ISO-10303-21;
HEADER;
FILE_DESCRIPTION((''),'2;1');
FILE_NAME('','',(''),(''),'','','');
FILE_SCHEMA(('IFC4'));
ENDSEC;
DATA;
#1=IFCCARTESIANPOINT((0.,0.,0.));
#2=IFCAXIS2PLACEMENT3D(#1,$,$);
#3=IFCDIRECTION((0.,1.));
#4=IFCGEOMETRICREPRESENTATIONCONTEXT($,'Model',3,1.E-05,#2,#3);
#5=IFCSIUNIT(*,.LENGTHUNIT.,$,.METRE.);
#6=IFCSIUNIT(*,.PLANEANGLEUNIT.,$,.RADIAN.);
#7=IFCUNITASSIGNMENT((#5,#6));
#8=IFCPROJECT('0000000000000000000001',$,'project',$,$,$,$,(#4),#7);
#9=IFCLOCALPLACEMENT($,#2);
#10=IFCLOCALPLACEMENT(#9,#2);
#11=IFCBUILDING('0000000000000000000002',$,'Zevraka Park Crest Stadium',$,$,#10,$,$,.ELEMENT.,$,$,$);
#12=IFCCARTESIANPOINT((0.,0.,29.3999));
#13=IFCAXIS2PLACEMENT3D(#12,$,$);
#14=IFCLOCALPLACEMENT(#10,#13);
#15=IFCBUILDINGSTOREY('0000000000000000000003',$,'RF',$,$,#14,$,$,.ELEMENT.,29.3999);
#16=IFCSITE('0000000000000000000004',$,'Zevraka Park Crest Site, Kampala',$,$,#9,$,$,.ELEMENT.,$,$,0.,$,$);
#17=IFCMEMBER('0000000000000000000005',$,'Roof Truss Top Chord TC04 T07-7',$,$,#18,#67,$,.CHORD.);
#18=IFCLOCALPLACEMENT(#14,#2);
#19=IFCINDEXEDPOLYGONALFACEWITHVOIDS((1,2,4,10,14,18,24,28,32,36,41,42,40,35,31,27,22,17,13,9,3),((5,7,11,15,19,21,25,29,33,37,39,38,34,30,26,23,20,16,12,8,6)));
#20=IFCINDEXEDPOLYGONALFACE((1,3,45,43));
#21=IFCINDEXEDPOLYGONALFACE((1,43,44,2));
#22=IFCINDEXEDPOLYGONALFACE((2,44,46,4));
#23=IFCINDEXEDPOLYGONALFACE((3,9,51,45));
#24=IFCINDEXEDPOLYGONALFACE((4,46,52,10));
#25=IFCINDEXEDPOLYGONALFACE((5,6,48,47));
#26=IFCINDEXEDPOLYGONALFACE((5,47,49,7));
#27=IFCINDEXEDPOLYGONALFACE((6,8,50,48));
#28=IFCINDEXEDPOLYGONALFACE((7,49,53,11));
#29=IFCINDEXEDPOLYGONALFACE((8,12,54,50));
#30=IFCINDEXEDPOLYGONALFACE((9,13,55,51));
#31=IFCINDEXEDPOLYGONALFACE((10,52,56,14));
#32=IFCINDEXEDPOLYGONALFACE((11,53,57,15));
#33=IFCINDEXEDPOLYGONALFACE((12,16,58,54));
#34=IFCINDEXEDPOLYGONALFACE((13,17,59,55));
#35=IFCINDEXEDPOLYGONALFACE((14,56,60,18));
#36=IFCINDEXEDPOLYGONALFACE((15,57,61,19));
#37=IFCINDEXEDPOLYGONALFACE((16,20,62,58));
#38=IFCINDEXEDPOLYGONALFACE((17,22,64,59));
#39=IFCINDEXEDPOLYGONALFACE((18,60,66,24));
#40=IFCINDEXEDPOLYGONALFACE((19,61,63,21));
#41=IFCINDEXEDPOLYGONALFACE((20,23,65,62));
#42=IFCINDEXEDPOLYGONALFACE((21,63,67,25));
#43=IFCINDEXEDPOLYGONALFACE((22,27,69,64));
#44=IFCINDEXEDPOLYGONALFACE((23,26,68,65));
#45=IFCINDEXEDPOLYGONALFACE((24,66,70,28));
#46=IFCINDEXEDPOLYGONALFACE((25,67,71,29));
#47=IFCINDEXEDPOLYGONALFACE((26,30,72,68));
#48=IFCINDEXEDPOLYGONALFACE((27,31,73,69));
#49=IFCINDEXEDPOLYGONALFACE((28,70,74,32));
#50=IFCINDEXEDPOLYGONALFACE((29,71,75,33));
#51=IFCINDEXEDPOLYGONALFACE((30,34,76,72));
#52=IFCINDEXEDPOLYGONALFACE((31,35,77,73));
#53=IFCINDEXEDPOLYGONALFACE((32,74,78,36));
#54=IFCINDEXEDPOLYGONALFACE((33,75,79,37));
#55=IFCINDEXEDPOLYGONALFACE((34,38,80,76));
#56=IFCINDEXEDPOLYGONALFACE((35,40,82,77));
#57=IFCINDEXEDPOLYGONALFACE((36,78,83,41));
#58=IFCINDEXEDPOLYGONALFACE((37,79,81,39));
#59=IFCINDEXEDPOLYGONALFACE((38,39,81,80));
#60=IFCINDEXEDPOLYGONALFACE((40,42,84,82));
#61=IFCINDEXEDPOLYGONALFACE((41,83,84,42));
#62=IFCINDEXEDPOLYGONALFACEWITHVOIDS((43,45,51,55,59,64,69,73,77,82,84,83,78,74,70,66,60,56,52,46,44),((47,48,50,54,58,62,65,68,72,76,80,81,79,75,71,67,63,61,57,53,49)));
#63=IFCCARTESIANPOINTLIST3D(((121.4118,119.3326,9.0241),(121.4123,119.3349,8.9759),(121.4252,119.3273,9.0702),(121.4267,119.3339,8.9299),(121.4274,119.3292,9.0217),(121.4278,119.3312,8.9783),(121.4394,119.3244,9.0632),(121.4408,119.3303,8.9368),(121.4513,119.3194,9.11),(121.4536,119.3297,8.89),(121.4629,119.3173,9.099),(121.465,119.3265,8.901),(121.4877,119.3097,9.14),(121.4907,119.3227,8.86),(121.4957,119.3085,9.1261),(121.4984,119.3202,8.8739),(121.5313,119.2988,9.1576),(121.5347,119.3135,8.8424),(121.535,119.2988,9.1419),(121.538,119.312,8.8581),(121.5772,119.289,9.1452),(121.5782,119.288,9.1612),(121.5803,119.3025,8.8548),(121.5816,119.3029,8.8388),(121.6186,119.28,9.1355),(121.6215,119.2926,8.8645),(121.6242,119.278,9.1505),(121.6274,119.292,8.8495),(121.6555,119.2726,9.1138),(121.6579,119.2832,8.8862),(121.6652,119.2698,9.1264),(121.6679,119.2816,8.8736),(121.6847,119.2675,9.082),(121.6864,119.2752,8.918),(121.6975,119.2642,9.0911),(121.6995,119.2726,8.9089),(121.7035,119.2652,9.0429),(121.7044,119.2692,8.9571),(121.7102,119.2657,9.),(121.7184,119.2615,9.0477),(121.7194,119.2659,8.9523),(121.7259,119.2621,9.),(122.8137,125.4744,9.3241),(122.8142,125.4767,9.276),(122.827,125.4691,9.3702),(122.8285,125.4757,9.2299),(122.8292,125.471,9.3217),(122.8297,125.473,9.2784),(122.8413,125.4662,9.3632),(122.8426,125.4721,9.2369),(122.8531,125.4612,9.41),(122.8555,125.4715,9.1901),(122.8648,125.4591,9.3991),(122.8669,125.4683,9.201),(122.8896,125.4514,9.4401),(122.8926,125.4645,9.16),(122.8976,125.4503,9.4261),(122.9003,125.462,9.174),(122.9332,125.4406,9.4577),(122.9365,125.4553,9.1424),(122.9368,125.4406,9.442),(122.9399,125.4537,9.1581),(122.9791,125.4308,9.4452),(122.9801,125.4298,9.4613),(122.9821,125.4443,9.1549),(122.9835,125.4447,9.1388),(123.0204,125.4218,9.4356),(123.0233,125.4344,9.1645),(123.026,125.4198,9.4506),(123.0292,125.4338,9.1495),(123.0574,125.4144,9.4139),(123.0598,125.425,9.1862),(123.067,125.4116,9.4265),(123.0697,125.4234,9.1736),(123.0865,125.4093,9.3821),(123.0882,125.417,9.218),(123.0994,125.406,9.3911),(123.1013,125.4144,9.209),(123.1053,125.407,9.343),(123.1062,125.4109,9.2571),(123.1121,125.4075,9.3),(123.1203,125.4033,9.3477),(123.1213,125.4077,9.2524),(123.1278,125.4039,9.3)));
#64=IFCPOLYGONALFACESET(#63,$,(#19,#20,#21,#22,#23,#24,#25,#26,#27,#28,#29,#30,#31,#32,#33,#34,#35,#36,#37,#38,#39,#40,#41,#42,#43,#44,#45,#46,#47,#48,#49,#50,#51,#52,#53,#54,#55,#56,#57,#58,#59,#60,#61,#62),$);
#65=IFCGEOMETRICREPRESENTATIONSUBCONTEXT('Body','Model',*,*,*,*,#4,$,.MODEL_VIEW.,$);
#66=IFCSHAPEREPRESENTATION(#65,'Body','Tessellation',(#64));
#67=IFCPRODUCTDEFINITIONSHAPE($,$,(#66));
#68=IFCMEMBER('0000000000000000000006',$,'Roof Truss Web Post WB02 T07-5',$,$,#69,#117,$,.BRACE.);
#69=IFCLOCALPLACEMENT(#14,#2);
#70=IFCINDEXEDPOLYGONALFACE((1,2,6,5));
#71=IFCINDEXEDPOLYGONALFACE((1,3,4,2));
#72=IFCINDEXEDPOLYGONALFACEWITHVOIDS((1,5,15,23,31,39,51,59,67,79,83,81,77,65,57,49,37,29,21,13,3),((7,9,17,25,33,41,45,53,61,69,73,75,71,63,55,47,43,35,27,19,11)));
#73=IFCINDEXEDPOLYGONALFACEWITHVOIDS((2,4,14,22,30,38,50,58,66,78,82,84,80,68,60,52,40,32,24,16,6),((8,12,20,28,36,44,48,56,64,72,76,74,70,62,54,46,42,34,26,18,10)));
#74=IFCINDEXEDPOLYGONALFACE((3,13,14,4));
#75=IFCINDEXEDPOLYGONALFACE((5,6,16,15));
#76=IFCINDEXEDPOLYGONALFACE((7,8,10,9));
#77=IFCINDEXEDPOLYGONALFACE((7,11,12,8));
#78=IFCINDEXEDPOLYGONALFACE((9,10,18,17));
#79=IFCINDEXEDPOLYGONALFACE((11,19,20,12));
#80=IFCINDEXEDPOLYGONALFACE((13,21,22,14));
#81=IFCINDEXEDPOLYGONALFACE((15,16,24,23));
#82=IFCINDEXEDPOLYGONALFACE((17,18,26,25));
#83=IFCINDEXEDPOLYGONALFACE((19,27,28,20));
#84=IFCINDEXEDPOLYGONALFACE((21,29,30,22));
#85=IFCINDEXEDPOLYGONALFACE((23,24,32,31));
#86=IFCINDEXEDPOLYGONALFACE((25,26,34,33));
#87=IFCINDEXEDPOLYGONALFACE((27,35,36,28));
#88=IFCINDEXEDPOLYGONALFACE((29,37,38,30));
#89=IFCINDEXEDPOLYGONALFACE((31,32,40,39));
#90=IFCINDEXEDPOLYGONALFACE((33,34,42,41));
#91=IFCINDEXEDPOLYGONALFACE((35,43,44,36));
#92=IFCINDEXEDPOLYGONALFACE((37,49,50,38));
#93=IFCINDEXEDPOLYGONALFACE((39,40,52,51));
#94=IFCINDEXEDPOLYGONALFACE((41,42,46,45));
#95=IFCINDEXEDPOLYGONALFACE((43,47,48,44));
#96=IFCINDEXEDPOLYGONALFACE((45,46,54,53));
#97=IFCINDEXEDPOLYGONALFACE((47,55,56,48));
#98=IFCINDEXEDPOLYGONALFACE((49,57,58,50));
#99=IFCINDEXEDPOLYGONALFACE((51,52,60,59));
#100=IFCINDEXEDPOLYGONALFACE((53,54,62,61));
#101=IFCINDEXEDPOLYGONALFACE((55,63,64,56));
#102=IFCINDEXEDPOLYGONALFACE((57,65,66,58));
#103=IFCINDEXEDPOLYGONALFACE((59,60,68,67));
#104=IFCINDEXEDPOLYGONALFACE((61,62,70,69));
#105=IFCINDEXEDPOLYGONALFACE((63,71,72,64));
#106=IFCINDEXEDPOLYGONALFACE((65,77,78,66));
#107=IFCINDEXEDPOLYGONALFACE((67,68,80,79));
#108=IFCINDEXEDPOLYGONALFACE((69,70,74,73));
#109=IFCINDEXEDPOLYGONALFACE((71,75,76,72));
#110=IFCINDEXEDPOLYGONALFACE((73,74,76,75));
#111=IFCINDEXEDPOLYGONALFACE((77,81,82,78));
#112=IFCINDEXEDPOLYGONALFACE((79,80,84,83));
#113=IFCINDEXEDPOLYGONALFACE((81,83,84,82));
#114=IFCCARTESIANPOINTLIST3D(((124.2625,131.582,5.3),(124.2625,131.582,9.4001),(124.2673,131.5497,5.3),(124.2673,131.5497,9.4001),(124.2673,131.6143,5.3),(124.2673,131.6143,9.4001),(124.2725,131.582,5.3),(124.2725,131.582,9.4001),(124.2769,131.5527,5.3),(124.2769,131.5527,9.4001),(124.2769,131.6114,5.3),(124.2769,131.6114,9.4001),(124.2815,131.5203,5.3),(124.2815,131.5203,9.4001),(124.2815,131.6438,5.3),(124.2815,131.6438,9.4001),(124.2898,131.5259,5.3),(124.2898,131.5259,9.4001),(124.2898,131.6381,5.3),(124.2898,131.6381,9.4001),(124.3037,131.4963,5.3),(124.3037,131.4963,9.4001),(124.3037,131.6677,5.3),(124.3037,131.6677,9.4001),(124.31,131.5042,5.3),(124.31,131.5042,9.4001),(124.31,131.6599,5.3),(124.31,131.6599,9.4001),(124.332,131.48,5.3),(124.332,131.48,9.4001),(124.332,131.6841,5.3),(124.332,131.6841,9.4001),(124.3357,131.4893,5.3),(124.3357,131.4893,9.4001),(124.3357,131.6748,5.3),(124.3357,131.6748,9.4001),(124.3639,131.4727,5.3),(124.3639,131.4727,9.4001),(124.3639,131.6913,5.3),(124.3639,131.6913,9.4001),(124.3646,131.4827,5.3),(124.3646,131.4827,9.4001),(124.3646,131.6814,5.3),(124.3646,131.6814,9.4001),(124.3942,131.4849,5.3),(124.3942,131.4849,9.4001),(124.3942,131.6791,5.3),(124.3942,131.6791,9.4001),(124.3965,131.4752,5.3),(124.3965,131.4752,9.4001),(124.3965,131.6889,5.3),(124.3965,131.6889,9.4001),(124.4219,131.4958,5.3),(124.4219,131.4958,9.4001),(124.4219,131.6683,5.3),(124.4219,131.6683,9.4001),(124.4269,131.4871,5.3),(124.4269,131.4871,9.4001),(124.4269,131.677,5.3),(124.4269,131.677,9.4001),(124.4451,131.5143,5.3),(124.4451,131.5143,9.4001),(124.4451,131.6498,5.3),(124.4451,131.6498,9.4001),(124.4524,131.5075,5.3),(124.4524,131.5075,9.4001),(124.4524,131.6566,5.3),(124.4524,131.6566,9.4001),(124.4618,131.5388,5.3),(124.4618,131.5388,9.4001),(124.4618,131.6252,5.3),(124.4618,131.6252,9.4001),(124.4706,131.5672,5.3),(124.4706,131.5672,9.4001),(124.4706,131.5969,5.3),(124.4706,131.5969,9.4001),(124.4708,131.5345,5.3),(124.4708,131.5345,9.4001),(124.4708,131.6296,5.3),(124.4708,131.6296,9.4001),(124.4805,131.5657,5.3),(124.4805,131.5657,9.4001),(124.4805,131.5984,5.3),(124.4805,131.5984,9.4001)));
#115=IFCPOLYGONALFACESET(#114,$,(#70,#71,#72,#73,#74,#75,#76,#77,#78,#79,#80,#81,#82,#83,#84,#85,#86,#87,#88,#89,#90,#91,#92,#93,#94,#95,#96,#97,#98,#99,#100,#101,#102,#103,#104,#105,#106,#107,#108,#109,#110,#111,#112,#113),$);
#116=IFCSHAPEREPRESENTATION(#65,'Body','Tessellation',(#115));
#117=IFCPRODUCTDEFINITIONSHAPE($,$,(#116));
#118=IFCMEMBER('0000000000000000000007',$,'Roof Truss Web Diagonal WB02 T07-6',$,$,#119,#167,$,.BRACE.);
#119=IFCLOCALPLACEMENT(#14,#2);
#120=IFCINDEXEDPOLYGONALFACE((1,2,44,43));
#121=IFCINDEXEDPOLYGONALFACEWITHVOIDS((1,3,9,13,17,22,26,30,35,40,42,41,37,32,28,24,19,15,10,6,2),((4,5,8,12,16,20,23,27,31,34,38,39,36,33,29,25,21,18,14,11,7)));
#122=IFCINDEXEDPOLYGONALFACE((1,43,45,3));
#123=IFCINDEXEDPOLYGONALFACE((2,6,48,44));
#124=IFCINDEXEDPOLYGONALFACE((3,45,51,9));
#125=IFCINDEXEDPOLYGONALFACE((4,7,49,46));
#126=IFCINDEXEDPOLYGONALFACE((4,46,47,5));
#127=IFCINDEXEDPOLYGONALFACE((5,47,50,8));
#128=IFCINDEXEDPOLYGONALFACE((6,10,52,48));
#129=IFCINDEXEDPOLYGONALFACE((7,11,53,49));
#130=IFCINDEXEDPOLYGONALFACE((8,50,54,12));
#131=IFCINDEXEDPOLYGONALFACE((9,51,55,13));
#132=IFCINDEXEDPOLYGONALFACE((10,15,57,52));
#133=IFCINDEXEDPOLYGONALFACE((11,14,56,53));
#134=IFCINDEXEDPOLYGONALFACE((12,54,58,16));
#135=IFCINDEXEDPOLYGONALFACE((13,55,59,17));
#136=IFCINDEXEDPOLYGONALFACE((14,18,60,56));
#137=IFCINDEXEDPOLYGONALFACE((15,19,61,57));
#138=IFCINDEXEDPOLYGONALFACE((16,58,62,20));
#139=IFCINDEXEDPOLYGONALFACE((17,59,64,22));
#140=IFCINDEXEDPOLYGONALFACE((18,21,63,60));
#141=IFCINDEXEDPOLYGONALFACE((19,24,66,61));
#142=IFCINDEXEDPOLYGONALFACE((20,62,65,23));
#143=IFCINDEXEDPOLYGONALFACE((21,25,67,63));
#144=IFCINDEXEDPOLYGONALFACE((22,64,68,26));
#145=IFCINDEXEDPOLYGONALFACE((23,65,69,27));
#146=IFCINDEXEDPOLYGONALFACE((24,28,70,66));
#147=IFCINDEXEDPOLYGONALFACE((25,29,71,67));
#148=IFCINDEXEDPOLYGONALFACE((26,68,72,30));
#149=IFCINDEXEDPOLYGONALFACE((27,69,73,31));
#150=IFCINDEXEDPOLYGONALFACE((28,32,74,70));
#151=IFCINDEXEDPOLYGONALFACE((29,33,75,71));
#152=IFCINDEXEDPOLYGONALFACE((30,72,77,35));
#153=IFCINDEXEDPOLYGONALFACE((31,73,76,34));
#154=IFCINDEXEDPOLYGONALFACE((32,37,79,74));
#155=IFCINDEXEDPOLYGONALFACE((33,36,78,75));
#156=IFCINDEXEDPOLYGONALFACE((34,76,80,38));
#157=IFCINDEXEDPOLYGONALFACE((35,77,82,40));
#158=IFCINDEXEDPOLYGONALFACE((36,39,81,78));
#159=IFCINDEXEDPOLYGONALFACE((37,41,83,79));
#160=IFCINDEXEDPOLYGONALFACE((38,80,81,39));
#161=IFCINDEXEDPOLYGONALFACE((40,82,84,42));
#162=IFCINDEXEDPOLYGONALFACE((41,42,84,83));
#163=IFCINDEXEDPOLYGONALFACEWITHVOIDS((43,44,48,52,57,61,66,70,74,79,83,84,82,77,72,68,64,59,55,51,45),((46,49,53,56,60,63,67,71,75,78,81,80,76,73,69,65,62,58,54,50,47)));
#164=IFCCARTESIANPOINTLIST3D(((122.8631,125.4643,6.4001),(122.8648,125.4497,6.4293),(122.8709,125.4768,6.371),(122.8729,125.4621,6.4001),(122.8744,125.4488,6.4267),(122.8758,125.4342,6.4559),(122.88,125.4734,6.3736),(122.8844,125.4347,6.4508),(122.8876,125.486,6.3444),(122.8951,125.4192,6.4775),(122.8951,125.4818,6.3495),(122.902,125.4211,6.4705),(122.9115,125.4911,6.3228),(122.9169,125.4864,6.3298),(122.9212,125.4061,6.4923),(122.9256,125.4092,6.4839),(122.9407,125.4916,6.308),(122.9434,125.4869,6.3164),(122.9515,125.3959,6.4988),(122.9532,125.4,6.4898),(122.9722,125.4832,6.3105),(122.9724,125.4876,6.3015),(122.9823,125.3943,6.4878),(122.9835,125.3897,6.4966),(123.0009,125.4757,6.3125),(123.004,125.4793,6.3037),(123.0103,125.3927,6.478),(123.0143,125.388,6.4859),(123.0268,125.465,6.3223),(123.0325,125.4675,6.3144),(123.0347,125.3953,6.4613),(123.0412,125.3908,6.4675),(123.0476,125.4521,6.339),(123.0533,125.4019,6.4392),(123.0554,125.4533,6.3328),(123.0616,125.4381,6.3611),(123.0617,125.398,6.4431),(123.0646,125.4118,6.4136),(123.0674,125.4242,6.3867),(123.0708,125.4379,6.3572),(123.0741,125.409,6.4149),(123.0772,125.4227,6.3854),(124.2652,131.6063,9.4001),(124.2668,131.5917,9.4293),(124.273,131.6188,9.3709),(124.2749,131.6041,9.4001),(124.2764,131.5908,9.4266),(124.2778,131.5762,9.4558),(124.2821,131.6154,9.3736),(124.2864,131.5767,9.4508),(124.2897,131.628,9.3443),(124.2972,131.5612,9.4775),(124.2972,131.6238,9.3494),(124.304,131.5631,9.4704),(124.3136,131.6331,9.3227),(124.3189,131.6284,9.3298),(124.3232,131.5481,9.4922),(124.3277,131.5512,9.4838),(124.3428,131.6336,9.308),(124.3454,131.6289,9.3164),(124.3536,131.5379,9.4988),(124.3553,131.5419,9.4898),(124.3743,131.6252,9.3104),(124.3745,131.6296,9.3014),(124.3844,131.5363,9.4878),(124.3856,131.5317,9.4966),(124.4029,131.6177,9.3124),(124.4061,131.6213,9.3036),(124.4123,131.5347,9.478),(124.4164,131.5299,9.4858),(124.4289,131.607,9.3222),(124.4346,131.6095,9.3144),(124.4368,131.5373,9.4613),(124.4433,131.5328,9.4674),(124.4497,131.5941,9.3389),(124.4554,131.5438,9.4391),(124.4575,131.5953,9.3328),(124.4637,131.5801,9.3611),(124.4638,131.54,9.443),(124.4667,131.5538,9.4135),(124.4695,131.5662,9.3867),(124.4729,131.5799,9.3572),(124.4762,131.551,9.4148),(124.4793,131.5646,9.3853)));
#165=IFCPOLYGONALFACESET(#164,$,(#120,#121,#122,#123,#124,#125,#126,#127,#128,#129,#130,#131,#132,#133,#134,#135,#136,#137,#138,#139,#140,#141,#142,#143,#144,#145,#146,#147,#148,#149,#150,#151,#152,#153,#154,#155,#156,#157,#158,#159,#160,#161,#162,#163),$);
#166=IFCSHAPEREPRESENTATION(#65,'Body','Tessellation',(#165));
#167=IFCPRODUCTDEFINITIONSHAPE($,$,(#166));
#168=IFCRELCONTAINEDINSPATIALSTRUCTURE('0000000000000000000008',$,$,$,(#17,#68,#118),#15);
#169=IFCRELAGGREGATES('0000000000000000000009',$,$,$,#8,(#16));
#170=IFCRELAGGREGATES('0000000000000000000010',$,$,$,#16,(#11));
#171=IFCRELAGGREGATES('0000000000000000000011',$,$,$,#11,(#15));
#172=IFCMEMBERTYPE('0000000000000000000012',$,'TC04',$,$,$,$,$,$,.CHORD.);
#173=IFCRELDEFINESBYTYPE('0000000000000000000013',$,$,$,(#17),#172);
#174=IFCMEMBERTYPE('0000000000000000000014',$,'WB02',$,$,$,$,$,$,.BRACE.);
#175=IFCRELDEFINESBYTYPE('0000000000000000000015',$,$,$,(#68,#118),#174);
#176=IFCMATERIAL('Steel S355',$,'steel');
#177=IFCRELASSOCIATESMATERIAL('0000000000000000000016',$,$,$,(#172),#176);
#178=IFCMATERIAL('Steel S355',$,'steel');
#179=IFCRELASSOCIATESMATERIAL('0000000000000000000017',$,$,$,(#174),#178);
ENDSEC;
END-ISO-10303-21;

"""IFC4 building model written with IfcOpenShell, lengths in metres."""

from ifc_helpers import new_model, si_unit, direction, frame, origin, origin_2d, place, context, subcontext, project, spatial, hollow_circle, extrude, material, material_profile, profile_set, type_object, element, save


model = new_model("IFC4")

# Units and contexts
model_context = context("Model", 3, precision=1e-05, world=origin(), true_north=direction((0.0, 1.0)))
body_context = subcontext(model_context, "Body", "Model", "MODEL_VIEW")
ifc_project = project(units=[si_unit("LENGTHUNIT", "METRE"), si_unit("PLANEANGLEUNIT", "RADIAN")], contexts=[model_context])

# Site, building, storey
site_placement = place(None, origin())
site = spatial("IfcSite", under=ifc_project, at=site_placement, Name="Zevraka Park Crest Site, Kampala", CompositionType="ELEMENT", RefElevation=0.0)
building_placement = place(site_placement, origin())
building = spatial("IfcBuilding", under=site, at=building_placement, Name="Zevraka Park Crest Stadium", CompositionType="ELEMENT")
storey_placement = place(building_placement, frame((0.0, 0.0, 29.3999)))
storey = spatial("IfcBuildingStorey", under=building, at=storey_placement, Name="RF", CompositionType="ELEMENT", Elevation=29.3999)

# Members
ifc_material_1 = material(Name="Steel S355", Category="steel")
ifc_material_profile_1 = material_profile(ifc_material_1, hollow_circle(Radius=0.1619, WallThickness=0.0161, at=origin_2d()), Name="CHS 323.9x16")
ifc_profile_set_1 = profile_set([ifc_material_profile_1], Name="Steel S355")
member_type_1 = type_object("IfcMemberType", Name="TC04", PredefinedType="CHORD", material=ifc_profile_set_1)
member_1_placement = place(storey_placement, frame((122.97, 125.4399, 9.3), z_axis=(-0.222272, -0.973823, -0.047574), x_axis=(0.974927, -0.222524, 0.0)))
element("IfcMember", 1, at=member_1_placement, inside=storey, type_object=member_type_1, Name="Roof Truss Top Chord TC04 T07-7", PredefinedType="CHORD", context=body_context, shape_type="SweptSolid", body=[
    extrude(hollow_circle(Radius=0.1619, WallThickness=0.0161, at=origin_2d()), origin(), (0.0, 0.0, 1.0), 6.3069),
])
ifc_material_2 = material(Name="Steel S355", Category="steel")
ifc_material_profile_2 = material_profile(ifc_material_2, hollow_circle(Radius=0.1096, WallThickness=0.01, at=origin_2d()), Name="CHS 219.1x10")
ifc_profile_set_2 = profile_set([ifc_material_profile_2], Name="Steel S355")
member_type_2 = type_object("IfcMemberType", Name="WB02", PredefinedType="BRACE", material=ifc_profile_set_2)
member_2_placement = place(storey_placement, frame((124.3721, 131.582, 5.3), z_axis=(0.0, 0.0, 1.0), x_axis=(0.22257, 0.974917, 0.0)))
element("IfcMember", 2, at=member_2_placement, inside=storey, type_object=member_type_2, Name="Roof Truss Web Post WB02 T07-5", PredefinedType="BRACE", context=body_context, shape_type="SweptSolid", body=[
    extrude(hollow_circle(Radius=0.1096, WallThickness=0.01, at=origin_2d()), origin(), (0.0, 0.0, 1.0), 4.1001),
])
member_3_placement = place(storey_placement, frame((122.97, 125.4399, 6.4001), z_axis=(0.200934, 0.88022, 0.429928), x_axis=(-0.974921, 0.222552, 0.0)))
element("IfcMember", 3, at=member_3_placement, inside=storey, type_object=member_type_2, Name="Roof Truss Web Diagonal WB02 T07-6", PredefinedType="BRACE", context=body_context, shape_type="SweptSolid", body=[
    extrude(hollow_circle(Radius=0.1096, WallThickness=0.01, at=origin_2d()), origin(), (0.0, 0.0, 1.0), 6.9778),
])

save(model, "model.ifc")
